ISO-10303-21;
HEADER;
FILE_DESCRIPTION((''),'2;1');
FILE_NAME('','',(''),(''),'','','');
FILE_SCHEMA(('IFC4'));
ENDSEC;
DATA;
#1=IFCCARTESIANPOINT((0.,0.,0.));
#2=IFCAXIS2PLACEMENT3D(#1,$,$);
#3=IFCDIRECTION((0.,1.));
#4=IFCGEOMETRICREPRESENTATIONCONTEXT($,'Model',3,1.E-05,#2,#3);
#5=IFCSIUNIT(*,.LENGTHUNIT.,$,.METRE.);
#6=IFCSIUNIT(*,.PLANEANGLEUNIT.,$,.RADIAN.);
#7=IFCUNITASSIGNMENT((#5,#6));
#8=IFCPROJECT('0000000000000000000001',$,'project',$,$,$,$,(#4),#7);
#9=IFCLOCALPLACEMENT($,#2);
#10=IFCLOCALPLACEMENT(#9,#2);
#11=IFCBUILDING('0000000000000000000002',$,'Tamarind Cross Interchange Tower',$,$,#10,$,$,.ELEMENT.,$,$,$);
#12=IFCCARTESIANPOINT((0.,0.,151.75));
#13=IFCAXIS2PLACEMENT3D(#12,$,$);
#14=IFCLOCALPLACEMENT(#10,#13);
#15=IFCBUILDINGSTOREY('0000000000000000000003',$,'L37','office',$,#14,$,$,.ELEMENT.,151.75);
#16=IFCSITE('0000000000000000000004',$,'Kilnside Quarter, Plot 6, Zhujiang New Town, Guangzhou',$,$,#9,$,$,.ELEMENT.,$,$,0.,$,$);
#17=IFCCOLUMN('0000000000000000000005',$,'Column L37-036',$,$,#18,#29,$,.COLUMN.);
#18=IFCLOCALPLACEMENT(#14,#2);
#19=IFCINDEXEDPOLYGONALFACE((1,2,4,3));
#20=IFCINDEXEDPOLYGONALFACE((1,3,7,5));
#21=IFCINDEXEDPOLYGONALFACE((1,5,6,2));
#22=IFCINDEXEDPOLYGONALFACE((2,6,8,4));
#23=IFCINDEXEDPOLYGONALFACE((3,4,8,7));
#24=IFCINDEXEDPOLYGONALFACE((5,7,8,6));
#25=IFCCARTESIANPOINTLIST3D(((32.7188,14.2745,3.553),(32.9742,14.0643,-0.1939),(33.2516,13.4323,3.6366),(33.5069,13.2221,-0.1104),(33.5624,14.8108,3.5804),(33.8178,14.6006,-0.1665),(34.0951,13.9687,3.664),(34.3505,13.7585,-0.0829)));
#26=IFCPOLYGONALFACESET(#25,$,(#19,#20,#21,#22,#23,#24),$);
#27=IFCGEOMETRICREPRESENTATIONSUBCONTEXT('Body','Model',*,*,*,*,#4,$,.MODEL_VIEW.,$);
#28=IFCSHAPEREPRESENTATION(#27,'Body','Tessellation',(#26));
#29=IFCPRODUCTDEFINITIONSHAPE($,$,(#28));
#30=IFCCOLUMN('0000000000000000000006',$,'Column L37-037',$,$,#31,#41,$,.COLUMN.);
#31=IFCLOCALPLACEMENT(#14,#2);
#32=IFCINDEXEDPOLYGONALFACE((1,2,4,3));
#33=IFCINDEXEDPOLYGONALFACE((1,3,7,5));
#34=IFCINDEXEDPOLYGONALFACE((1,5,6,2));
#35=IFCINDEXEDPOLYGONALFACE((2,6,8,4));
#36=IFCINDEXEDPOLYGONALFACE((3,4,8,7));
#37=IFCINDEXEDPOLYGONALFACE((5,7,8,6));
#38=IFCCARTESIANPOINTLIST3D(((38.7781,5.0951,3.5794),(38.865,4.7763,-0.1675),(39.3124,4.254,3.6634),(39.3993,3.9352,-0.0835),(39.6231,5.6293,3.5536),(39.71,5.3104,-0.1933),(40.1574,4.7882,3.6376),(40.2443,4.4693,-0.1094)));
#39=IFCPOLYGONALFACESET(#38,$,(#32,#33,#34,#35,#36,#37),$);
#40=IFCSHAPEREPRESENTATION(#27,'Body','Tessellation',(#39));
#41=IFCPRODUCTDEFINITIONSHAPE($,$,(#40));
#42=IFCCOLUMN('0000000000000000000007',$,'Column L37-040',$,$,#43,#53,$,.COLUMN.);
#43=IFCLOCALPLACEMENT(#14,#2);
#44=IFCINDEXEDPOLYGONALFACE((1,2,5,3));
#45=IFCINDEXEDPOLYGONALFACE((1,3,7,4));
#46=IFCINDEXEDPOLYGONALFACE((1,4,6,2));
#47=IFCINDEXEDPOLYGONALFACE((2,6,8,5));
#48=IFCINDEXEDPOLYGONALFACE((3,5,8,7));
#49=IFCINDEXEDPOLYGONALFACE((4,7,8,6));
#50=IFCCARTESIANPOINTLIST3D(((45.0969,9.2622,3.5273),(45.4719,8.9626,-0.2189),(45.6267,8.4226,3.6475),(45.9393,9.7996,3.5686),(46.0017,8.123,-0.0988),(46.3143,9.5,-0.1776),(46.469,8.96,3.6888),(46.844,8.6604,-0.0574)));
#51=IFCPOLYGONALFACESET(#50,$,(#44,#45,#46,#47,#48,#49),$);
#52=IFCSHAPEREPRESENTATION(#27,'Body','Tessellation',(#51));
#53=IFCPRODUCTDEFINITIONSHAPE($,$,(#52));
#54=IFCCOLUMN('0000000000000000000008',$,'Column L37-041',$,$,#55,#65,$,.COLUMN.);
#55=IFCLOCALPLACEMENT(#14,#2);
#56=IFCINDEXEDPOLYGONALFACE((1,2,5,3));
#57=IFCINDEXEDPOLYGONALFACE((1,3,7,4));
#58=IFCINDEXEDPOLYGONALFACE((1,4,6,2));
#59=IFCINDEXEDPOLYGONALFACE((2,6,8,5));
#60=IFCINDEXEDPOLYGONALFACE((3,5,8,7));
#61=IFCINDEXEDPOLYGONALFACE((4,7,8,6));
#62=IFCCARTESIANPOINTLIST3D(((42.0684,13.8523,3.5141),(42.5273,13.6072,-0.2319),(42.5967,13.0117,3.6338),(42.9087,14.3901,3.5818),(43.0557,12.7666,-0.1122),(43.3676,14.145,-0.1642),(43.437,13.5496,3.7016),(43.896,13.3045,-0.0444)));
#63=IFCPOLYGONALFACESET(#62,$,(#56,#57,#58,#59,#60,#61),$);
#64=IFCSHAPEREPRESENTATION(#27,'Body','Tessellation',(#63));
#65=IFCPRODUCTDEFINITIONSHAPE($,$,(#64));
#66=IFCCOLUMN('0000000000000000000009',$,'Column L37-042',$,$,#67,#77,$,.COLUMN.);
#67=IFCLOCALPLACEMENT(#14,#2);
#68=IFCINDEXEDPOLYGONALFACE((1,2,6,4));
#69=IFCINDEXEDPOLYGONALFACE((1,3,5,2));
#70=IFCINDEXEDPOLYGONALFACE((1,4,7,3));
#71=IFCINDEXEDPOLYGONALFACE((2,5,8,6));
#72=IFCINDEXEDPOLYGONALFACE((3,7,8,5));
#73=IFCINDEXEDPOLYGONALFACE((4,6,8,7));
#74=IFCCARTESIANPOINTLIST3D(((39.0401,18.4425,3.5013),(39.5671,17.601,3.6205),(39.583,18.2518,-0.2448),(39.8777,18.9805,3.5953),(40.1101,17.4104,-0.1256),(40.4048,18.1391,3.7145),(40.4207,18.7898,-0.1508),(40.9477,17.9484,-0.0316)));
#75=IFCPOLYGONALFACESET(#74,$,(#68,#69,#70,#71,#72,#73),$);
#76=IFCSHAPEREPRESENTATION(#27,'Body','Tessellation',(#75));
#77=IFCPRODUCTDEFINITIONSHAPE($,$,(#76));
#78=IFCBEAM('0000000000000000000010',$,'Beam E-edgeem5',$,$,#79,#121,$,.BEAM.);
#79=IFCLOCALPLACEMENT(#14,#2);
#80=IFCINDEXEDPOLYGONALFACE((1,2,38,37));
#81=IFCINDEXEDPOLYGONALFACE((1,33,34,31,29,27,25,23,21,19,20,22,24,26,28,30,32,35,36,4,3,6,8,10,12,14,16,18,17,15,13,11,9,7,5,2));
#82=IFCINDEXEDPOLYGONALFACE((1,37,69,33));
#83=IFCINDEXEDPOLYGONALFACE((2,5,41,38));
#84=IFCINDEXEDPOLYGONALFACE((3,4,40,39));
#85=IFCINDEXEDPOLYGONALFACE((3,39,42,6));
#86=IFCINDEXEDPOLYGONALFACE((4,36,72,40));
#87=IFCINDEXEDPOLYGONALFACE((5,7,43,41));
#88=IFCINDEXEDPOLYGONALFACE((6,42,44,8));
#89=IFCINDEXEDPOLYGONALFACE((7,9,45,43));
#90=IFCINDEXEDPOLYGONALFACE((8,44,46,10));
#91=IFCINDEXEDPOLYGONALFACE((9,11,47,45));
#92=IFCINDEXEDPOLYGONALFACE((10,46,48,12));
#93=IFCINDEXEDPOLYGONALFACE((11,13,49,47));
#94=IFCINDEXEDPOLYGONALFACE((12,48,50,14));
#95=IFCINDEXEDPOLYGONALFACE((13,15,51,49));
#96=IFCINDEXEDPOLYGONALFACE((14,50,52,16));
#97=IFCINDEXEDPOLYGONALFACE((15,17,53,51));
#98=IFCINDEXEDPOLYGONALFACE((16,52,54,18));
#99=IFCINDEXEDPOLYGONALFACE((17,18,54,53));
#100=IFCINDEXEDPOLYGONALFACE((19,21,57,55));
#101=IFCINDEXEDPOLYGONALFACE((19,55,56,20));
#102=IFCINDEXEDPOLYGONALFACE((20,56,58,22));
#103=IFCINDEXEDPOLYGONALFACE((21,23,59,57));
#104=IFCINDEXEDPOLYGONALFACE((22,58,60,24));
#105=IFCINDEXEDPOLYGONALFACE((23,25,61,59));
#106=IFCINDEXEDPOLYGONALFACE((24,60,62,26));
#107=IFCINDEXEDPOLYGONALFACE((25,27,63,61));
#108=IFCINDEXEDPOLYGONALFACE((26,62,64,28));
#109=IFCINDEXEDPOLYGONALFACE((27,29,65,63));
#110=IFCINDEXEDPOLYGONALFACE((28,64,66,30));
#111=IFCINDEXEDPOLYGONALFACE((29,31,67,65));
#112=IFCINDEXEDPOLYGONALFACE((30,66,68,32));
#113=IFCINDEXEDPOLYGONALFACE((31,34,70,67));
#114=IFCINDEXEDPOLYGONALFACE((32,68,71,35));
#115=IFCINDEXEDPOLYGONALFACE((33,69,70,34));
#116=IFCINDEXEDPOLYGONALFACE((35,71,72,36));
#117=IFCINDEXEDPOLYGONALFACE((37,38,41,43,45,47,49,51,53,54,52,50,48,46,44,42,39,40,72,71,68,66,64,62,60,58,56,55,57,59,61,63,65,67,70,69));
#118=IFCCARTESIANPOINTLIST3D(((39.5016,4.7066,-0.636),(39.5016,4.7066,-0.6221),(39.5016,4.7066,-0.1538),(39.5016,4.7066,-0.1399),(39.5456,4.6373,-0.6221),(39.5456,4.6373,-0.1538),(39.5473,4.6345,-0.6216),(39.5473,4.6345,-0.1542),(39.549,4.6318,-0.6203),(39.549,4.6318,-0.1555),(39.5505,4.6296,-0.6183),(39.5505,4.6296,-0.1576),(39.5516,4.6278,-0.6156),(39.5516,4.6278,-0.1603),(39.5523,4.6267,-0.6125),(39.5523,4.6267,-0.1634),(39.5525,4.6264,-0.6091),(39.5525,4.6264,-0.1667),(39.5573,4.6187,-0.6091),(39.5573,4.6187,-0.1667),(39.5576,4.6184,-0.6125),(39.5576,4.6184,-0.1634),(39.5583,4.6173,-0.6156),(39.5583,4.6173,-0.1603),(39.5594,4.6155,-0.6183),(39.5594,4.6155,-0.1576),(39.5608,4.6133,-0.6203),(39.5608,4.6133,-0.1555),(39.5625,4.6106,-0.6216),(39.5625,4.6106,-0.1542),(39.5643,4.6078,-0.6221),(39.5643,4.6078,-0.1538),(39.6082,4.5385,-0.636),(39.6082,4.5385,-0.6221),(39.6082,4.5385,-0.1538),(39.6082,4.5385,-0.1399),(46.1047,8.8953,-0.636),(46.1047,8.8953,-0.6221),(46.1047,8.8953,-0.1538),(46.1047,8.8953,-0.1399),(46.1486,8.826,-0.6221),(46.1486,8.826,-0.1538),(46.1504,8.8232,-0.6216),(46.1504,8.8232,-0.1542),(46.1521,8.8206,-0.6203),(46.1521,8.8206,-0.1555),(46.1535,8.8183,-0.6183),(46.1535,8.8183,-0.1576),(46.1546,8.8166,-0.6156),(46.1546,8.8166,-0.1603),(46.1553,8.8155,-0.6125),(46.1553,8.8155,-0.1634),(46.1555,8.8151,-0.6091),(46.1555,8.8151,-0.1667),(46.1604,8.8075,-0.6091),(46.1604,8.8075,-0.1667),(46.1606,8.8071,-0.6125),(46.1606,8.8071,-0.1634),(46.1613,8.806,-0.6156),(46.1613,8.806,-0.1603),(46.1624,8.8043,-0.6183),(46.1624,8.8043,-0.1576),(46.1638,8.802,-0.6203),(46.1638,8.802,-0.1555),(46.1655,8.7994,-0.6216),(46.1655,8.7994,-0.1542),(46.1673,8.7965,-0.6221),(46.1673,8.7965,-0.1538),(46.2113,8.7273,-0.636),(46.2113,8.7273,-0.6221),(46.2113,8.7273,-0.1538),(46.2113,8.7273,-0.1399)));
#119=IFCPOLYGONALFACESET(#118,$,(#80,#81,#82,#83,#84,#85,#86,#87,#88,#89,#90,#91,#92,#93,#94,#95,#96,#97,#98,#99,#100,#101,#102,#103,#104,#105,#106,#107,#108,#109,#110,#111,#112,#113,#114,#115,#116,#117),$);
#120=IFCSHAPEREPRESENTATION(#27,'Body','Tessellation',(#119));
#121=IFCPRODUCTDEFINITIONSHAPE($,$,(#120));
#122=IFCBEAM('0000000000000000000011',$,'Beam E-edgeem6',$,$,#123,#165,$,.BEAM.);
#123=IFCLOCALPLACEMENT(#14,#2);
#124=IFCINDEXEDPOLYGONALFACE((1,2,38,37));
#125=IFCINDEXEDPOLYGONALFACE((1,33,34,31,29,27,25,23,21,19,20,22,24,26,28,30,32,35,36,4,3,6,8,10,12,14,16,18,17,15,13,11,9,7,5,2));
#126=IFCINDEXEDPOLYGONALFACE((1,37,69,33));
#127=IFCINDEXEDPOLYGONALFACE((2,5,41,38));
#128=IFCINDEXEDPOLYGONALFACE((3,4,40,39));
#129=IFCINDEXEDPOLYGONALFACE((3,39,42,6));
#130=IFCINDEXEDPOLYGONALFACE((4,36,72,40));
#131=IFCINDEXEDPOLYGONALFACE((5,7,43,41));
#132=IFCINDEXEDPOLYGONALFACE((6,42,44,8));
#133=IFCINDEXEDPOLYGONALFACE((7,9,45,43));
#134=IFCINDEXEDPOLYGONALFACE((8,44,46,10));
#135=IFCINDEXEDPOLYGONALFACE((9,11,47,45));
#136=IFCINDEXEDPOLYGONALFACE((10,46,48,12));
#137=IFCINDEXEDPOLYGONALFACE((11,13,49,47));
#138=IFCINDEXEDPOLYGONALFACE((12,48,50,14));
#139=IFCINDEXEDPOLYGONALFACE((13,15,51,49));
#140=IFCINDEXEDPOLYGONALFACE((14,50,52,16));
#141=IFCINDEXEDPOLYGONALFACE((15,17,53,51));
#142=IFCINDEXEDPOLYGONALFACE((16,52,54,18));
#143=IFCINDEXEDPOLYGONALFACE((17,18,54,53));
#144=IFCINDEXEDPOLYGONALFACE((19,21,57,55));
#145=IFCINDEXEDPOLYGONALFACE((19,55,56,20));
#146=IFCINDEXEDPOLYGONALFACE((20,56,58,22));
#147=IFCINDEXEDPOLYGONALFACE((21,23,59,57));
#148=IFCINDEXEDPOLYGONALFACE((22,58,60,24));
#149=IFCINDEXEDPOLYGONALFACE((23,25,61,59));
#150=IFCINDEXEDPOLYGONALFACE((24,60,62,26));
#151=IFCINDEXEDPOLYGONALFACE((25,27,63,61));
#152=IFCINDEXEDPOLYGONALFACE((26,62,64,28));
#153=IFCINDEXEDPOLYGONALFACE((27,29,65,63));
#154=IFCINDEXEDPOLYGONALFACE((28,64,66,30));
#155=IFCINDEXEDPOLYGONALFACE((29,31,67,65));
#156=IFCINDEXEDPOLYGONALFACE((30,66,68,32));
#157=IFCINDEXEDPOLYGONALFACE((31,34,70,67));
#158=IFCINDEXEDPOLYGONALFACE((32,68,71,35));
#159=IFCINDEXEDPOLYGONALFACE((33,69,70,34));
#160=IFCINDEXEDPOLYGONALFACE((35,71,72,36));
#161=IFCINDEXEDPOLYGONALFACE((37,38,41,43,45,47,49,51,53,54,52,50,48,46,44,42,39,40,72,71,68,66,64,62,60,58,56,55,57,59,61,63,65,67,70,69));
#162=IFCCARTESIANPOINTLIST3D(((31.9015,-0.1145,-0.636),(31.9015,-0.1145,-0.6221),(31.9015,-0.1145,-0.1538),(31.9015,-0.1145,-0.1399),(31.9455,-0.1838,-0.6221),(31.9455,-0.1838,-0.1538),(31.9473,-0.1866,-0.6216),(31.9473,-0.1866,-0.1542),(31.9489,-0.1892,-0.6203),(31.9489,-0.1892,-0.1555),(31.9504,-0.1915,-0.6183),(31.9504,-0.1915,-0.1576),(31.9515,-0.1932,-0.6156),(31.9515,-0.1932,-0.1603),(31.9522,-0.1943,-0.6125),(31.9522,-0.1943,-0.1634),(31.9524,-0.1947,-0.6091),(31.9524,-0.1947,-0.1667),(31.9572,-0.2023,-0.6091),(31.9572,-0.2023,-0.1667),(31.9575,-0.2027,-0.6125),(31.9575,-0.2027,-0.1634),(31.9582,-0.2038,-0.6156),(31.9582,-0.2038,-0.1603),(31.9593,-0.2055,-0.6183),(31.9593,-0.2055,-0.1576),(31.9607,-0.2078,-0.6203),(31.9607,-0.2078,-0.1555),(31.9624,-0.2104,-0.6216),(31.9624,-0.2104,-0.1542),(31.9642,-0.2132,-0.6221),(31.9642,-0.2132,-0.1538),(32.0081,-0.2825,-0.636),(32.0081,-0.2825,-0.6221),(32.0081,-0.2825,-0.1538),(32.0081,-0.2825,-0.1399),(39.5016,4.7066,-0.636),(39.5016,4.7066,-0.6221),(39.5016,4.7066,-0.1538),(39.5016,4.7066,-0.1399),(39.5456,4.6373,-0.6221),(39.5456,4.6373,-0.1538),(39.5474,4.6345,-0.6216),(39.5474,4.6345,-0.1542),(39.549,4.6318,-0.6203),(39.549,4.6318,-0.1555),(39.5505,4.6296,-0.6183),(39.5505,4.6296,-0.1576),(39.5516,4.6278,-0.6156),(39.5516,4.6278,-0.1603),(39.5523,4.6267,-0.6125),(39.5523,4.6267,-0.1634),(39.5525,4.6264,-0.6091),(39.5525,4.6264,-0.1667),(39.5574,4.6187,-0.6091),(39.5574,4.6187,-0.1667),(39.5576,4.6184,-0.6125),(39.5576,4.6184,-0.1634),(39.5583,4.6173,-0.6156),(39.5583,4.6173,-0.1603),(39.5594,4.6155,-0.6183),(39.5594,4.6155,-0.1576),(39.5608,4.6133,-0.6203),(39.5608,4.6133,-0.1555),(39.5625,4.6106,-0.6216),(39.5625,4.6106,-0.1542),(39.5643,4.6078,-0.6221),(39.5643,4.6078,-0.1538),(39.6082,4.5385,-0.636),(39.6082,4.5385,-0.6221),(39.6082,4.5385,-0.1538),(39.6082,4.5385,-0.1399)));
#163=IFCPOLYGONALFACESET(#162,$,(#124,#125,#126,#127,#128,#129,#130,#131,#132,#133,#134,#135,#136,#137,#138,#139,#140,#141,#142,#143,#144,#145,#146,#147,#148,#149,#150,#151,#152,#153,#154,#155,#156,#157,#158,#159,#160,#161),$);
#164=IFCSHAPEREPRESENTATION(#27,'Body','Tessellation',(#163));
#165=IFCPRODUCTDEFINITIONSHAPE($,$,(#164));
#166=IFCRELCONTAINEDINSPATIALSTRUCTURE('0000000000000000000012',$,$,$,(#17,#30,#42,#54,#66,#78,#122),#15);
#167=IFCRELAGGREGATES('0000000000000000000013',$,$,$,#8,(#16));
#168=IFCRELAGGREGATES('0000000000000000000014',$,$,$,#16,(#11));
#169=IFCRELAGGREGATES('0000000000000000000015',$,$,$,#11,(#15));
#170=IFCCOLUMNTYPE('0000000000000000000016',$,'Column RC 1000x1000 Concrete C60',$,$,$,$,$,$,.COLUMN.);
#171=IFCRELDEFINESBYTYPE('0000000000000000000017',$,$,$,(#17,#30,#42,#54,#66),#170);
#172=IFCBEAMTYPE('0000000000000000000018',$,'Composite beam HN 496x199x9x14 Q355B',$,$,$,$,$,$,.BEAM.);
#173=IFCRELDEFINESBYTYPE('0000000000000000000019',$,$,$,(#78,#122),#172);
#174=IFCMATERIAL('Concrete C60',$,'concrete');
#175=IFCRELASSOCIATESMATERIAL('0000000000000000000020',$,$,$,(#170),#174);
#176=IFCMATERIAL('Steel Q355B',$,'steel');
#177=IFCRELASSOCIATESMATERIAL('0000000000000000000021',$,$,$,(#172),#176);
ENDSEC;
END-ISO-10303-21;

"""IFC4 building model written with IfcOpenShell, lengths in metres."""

from ifc_helpers import new_model, si_unit, direction, frame, origin, origin_2d, place, context, subcontext, project, spatial, rectangle, i_section, extrude, material, material_profile, profile_set, type_object, element, save


model = new_model("IFC4")

# Units and contexts
model_context = context("Model", 3, precision=1e-05, world=origin(), true_north=direction((0.0, 1.0)))
body_context = subcontext(model_context, "Body", "Model", "MODEL_VIEW")
ifc_project = project(units=[si_unit("LENGTHUNIT", "METRE"), si_unit("PLANEANGLEUNIT", "RADIAN")], contexts=[model_context])

# Site, building, storey
site_placement = place(None, origin())
site = spatial("IfcSite", under=ifc_project, at=site_placement, Name="Kilnside Quarter, Plot 6, Zhujiang New Town, Guangzhou", CompositionType="ELEMENT", RefElevation=0.0)
building_placement = place(site_placement, origin())
building = spatial("IfcBuilding", under=site, at=building_placement, Name="Tamarind Cross Interchange Tower", CompositionType="ELEMENT")
storey_placement = place(building_placement, frame((0.0, 0.0, 151.75)))
storey = spatial("IfcBuildingStorey", under=building, at=storey_placement, Name="L37", Description="office", CompositionType="ELEMENT", Elevation=151.75)

# Columns
ifc_material_1 = material(Name="Concrete C60", Category="concrete")
ifc_material_profile_1 = material_profile(ifc_material_1, rectangle(XDim=1.0, YDim=1.0, at=origin_2d()), Name="RC 1000x1000")
ifc_profile_set_1 = profile_set([ifc_material_profile_1], Name="Concrete C60")
column_type = type_object("IfcColumnType", Name="Column RC 1000x1000 Concrete C60", PredefinedType="COLUMN", material=ifc_profile_set_1)
for number, where, z_axis, x_axis, name in (
    (1, (33.6624, 13.9114, -0.1384), (-0.067893, 0.055885, 0.996126), (0.532722, -0.842156, 0.083555), "Column L37-036"),
    (2, (39.5547, 4.6228, -0.1384), (-0.023107, 0.084769, 0.996133), (-0.844985, -0.534165, 0.025856), "Column L37-037"),
):
    element("IfcColumn", number, at=place(storey_placement, frame(where, z_axis=z_axis, x_axis=x_axis)), inside=storey, type_object=column_type, Name=name, PredefinedType="COLUMN", context=body_context, shape_type="SweptSolid", body=[
        extrude(rectangle(XDim=1.0, YDim=1.0, at=origin_2d()), origin(), (0.0, 0.0, 1.0), 3.7615),
    ])
column_1_placement = place(storey_placement, frame((46.158, 8.8115, -0.1382), z_axis=(-0.099286, 0.079313, 0.991893), x_axis=(0.529743, -0.839603, 0.120162)))
element("IfcColumn", 3, at=column_1_placement, inside=storey, type_object=column_type, Name="Column L37-040", PredefinedType="COLUMN", context=body_context, shape_type="SweptSolid", body=[
    extrude(rectangle(XDim=1.0, YDim=1.0, at=origin_2d()), origin(), (0.0, 0.0, 1.0), 3.7769),
])
column_2_placement = place(storey_placement, frame((43.2117, 13.4558, -0.1382), z_axis=(-0.121358, 0.064811, 0.990491), x_axis=(0.528351, -0.840541, 0.119734)))
element("IfcColumn", 4, at=column_2_placement, inside=storey, type_object=column_type, Name="Column L37-041", PredefinedType="COLUMN", context=body_context, shape_type="SweptSolid", body=[
    extrude(rectangle(XDim=1.0, YDim=1.0, at=origin_2d()), origin(), (0.0, 0.0, 1.0), 3.782),
])
column_3_placement = place(storey_placement, frame((40.2654, 18.1001, -0.1382), z_axis=(-0.143262, 0.050309, 0.988405), x_axis=(0.527043, -0.841435, 0.119219)))
element("IfcColumn", 5, at=column_3_placement, inside=storey, type_object=column_type, Name="Column L37-042", PredefinedType="COLUMN", context=body_context, shape_type="SweptSolid", body=[
    extrude(rectangle(XDim=1.0, YDim=1.0, at=origin_2d()), origin(), (0.0, 0.0, 1.0), 3.79),
])

# Beams
ifc_material_2 = material(Name="Steel Q355B", Category="steel")
ifc_material_profile_2 = material_profile(ifc_material_2, i_section(OverallWidth=0.199, OverallDepth=0.4961, WebThickness=0.009, FlangeThickness=0.0139, FilletRadius=0.0129, at=origin_2d()), Name="HN 496x199x9x14")
ifc_profile_set_2 = profile_set([ifc_material_profile_2], Name="Steel Q355B")
beam_type_1 = type_object("IfcBeamType", Name="Composite beam HN 496x199x9x14 Q355B", PredefinedType="BEAM", material=ifc_profile_set_2)
beam_1_placement = place(storey_placement, frame((46.158, 8.8113, -0.3879), z_axis=(-0.844426, -0.535673, 0.0), x_axis=(0.535673, -0.844426, 0.0)))
element("IfcBeam", 6, at=beam_1_placement, inside=storey, type_object=beam_type_1, Name="Beam E-edgeem5", PredefinedType="BEAM", context=body_context, shape_type="SweptSolid", body=[
    extrude(i_section(OverallWidth=0.199, OverallDepth=0.4961, WebThickness=0.009, FlangeThickness=0.0139, FilletRadius=0.0129, at=origin_2d()), origin(), (0.0, 0.0, 1.0), 7.8196),
])
beam_2_placement = place(storey_placement, frame((39.5549, 4.6226, -0.3879), z_axis=(-0.844435, -0.535659, 0.0), x_axis=(0.535659, -0.844435, 0.0)))
element("IfcBeam", 7, at=beam_2_placement, inside=storey, type_object=beam_type_1, Name="Beam E-edgeem6", PredefinedType="BEAM", context=body_context, shape_type="SweptSolid", body=[
    extrude(i_section(OverallWidth=0.199, OverallDepth=0.4961, WebThickness=0.009, FlangeThickness=0.0139, FilletRadius=0.0129, at=origin_2d()), origin(), (0.0, 0.0, 1.0), 9.0002),
])

save(model, "model.ifc")
